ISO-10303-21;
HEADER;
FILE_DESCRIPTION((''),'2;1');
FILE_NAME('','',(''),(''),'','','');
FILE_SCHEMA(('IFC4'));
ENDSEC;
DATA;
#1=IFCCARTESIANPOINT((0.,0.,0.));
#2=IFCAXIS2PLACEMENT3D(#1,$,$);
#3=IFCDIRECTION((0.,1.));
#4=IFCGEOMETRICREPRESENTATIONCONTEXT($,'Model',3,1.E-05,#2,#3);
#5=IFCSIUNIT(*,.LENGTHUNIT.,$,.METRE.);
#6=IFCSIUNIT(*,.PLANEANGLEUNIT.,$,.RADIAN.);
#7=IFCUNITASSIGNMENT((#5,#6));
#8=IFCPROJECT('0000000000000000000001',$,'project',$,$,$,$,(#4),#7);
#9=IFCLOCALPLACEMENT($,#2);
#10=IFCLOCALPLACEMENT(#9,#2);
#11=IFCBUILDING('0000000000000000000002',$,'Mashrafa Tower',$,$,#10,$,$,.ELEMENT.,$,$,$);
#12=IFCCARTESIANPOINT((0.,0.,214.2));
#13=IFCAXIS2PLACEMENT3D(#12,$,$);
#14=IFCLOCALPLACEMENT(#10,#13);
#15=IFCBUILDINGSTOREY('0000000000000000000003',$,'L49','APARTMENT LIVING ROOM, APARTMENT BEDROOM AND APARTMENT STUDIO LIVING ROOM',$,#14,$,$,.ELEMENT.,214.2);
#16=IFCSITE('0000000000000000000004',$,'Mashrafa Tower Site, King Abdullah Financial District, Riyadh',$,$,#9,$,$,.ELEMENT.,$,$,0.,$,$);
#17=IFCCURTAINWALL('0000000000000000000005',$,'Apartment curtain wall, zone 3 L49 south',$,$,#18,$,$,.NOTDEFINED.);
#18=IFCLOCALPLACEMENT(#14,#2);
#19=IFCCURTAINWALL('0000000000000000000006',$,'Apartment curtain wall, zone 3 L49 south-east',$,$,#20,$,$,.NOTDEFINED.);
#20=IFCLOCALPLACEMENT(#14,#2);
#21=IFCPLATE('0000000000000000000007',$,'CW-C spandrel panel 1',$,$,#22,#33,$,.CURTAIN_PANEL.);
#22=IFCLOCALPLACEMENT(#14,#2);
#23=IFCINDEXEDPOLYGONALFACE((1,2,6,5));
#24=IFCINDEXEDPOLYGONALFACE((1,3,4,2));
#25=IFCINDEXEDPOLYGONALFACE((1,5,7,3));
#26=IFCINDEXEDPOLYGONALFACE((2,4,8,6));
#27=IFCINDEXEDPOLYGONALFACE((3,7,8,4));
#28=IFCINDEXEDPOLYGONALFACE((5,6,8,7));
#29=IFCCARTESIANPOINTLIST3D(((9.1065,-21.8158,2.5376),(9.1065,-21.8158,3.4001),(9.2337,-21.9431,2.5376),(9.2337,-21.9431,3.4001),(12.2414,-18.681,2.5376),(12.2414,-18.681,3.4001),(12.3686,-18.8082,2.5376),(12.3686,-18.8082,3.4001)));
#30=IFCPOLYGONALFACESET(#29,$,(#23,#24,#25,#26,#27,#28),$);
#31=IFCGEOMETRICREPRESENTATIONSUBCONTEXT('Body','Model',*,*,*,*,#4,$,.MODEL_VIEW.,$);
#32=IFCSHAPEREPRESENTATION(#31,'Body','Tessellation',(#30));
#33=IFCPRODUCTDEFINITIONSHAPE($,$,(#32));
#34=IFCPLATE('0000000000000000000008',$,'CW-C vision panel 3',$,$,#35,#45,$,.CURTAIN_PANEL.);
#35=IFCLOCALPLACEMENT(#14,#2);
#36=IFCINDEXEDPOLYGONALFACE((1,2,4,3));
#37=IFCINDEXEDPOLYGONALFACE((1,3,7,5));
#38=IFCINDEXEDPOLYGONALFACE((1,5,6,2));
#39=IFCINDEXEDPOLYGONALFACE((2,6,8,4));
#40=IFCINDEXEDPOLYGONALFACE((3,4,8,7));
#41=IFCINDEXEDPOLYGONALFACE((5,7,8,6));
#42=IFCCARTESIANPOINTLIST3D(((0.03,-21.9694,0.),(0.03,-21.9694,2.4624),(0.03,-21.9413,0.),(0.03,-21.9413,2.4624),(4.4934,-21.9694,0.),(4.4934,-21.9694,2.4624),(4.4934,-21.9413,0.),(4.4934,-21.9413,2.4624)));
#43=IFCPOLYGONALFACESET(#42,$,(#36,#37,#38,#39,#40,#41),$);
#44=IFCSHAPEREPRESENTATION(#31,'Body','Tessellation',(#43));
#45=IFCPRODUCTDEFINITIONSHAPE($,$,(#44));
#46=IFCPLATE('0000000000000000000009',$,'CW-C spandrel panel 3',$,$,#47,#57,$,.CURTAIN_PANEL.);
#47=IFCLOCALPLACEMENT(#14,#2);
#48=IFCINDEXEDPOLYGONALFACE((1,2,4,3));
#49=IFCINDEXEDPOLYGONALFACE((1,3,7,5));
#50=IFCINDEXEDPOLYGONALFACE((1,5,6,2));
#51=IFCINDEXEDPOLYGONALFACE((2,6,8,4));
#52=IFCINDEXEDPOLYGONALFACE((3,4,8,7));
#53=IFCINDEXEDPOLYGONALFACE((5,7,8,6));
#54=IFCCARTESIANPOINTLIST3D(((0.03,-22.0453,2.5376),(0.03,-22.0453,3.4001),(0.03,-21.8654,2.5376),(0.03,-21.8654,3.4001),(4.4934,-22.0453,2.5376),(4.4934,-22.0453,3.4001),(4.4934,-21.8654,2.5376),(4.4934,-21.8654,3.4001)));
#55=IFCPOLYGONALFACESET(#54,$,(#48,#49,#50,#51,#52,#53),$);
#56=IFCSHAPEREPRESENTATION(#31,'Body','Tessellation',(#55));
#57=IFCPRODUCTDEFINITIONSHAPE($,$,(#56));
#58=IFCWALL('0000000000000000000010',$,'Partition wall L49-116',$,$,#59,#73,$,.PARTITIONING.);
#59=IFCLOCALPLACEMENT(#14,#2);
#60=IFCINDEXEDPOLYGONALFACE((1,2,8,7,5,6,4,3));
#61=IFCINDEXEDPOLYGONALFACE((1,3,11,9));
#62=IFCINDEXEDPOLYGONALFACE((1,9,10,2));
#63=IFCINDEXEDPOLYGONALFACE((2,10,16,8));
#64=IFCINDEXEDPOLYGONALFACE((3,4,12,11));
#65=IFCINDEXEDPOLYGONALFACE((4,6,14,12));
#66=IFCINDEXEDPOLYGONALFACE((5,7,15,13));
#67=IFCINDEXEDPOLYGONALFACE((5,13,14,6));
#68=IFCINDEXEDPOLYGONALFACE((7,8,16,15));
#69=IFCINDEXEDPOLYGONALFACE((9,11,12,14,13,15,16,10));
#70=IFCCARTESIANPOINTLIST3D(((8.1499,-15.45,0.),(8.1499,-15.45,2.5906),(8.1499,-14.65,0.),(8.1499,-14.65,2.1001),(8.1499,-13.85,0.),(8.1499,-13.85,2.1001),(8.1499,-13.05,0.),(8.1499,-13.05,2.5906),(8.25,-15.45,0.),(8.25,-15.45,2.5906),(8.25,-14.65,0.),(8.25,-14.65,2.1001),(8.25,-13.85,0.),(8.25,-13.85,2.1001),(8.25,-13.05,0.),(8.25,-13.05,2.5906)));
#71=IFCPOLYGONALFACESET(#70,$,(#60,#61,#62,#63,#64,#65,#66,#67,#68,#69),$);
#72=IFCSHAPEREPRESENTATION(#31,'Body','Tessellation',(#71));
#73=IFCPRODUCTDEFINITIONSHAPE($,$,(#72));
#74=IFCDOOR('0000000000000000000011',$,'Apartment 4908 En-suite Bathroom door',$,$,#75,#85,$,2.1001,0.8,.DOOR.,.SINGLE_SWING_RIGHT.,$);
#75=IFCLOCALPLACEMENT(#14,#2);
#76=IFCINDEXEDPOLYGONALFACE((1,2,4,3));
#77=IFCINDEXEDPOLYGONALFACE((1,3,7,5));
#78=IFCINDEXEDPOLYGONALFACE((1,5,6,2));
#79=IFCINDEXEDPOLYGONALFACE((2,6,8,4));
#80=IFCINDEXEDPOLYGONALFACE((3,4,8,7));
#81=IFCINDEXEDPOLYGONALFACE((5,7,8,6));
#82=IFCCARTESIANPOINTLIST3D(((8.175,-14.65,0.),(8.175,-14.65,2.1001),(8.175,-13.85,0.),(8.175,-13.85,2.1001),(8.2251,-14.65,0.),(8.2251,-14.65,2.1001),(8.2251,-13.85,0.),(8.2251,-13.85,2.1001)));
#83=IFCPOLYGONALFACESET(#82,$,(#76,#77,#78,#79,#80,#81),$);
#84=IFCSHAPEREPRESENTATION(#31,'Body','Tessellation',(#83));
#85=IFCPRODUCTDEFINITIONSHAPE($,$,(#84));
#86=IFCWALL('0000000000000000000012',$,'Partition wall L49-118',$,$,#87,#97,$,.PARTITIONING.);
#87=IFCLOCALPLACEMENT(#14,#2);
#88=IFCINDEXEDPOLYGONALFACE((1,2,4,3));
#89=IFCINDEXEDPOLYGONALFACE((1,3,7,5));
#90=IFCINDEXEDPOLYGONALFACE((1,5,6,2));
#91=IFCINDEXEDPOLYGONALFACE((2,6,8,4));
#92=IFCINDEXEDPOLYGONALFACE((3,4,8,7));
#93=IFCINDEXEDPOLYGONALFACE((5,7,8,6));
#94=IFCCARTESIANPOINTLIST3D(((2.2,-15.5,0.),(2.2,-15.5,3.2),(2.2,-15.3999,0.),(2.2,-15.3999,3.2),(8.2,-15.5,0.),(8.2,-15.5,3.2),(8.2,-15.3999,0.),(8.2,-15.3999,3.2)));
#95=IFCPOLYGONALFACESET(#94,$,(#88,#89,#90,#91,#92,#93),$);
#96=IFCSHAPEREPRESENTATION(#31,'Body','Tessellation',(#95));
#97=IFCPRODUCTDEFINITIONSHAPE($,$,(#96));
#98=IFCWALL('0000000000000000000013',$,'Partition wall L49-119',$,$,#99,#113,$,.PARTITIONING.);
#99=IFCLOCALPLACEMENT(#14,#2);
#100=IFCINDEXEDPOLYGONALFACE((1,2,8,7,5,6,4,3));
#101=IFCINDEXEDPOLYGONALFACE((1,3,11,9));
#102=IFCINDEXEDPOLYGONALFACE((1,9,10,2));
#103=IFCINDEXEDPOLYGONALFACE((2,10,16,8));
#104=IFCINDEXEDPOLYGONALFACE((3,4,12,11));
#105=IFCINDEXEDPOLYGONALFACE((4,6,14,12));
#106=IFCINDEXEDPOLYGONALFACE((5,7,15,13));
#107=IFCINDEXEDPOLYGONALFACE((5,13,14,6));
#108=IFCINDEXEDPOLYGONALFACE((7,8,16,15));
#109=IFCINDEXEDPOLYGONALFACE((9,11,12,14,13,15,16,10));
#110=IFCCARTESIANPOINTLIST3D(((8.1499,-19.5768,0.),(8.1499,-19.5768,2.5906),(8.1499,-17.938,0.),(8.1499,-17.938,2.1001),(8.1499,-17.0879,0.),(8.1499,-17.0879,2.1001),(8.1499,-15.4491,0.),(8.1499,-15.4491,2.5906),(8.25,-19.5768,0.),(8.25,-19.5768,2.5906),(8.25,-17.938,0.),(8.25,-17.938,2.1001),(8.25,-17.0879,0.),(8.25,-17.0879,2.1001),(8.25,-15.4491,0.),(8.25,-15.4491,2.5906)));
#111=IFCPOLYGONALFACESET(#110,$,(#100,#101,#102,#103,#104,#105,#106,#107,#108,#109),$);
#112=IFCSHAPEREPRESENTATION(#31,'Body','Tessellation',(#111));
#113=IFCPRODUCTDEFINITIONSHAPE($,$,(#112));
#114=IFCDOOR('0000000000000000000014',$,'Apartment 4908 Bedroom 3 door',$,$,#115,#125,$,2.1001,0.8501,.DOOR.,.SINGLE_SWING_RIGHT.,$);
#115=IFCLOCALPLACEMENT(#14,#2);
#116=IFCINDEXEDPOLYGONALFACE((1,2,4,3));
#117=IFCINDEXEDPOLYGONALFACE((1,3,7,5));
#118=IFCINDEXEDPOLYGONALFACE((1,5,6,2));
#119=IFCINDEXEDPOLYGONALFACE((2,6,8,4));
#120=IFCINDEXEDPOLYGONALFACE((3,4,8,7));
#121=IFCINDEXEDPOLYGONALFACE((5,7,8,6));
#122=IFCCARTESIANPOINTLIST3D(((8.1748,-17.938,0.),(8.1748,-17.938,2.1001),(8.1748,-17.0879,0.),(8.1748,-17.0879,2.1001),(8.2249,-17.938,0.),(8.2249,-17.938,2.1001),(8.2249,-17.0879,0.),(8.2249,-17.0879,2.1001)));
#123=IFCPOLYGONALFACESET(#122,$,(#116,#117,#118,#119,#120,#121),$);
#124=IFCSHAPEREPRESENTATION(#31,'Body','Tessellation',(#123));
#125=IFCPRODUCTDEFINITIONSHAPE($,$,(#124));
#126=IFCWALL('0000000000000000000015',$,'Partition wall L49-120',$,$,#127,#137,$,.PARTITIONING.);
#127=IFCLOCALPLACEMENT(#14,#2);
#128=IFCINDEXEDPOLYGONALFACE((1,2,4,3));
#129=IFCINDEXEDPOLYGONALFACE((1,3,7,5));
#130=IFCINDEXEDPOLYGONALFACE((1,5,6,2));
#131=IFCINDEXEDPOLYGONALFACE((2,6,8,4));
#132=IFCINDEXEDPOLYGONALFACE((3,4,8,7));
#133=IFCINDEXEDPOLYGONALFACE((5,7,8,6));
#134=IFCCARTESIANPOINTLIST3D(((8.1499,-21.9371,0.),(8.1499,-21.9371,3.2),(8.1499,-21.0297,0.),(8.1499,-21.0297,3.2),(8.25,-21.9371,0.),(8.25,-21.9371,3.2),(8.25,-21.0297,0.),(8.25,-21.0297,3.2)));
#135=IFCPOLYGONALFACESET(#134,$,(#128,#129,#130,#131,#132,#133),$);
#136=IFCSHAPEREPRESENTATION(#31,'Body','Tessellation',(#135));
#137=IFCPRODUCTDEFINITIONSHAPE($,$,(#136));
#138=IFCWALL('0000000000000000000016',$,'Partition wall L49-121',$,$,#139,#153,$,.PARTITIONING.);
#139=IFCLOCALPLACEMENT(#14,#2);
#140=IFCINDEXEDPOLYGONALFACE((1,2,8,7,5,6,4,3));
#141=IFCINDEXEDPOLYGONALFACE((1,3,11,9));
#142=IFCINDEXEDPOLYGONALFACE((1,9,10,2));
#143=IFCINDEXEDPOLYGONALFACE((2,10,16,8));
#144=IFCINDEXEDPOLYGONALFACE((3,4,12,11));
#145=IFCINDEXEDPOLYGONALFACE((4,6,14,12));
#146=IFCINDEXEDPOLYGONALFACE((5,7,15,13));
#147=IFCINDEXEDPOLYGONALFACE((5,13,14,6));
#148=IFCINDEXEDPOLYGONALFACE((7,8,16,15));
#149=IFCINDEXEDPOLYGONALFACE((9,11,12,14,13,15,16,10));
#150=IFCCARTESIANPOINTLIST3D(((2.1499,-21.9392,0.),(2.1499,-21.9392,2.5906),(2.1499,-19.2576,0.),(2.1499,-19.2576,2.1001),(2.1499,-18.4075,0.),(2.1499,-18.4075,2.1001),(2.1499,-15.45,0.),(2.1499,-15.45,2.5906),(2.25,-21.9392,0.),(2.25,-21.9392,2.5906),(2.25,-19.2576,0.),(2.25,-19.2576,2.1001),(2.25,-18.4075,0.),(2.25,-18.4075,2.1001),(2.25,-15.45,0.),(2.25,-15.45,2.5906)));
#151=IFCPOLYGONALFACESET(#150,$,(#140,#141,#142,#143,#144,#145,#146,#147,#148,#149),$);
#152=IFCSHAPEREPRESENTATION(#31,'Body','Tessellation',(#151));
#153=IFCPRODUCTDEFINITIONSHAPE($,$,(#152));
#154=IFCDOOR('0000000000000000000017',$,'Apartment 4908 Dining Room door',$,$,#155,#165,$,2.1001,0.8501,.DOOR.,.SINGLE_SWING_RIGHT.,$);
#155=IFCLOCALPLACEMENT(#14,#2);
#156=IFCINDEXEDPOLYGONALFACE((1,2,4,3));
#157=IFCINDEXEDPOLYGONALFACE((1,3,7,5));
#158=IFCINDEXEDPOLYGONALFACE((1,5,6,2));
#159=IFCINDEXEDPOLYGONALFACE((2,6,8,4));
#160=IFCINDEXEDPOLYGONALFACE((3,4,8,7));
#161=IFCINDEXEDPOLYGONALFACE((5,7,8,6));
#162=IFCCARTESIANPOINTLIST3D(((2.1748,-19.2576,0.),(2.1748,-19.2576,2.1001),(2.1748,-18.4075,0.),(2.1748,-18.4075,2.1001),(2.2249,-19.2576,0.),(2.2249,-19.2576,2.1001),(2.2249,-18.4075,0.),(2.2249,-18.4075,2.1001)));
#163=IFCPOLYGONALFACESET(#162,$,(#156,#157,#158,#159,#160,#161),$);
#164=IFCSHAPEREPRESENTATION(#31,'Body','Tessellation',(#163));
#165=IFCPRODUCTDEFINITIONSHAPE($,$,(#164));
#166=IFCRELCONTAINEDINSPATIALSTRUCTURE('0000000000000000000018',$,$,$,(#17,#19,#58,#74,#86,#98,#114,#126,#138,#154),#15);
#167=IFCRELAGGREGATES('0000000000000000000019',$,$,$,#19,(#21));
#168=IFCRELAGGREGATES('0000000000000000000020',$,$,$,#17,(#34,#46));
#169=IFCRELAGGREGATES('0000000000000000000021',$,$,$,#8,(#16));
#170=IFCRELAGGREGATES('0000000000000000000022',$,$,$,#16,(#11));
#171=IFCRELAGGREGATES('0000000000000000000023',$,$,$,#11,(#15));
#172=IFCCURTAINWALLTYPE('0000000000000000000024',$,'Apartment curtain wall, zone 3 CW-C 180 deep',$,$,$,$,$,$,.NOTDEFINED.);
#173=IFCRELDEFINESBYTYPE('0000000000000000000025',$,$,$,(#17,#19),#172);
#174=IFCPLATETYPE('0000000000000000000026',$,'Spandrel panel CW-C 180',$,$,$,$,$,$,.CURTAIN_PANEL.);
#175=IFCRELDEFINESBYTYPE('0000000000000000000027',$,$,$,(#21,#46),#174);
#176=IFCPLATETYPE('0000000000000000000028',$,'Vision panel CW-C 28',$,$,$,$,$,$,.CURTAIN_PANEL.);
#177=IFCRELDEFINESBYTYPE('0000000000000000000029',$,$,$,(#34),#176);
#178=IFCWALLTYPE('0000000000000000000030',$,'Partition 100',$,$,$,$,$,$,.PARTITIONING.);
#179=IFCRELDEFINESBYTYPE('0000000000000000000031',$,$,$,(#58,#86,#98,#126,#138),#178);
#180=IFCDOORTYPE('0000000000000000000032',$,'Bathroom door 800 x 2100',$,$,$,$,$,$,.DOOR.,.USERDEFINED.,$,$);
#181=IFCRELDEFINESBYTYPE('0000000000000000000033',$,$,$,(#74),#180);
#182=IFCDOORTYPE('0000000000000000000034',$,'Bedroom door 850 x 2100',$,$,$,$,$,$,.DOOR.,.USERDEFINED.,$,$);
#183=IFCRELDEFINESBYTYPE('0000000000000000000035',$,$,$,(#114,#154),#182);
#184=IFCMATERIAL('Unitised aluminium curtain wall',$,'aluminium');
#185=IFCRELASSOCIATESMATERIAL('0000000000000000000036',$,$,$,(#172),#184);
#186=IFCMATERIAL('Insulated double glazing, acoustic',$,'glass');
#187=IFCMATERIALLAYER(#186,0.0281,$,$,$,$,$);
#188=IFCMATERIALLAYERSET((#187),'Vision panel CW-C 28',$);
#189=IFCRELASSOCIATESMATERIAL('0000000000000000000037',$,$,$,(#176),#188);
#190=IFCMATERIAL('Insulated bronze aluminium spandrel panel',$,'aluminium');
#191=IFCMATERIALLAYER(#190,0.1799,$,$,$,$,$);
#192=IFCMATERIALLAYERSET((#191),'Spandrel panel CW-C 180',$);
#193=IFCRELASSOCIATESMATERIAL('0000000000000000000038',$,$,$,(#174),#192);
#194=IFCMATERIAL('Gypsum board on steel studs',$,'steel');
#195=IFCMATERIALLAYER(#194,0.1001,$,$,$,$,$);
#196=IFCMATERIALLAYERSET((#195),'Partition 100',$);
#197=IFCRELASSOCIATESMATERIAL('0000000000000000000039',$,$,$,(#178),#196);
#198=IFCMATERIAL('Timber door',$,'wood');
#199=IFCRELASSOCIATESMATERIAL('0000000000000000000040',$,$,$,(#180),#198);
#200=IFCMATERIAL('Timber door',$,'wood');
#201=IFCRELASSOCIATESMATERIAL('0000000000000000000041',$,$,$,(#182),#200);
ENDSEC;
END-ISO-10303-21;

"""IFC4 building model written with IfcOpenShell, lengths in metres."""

from ifc_helpers import new_model, si_unit, direction, frame, frame_2d, origin, origin_2d, place, context, subcontext, project, spatial, rectangle, extrude, source, transform, mapped, material, layer, layer_set, type_object, type_shapes, element, fill, aggregate, save


model = new_model("IFC4")

# Units and contexts
model_context = context("Model", 3, precision=1e-05, world=origin(), true_north=direction((0.0, 1.0)))
body_context = subcontext(model_context, "Body", "Model", "MODEL_VIEW")
ifc_project = project(units=[si_unit("LENGTHUNIT", "METRE"), si_unit("PLANEANGLEUNIT", "RADIAN")], contexts=[model_context])

# Site, building, storey
site_placement = place(None, origin())
site = spatial("IfcSite", under=ifc_project, at=site_placement, Name="Mashrafa Tower Site, King Abdullah Financial District, Riyadh", CompositionType="ELEMENT", RefElevation=0.0)
building_placement = place(site_placement, origin())
building = spatial("IfcBuilding", under=site, at=building_placement, Name="Mashrafa Tower", CompositionType="ELEMENT")
storey_placement = place(building_placement, frame((0.0, 0.0, 214.2)))
storey = spatial("IfcBuildingStorey", under=building, at=storey_placement, Name="L49", Description="APARTMENT LIVING ROOM, APARTMENT BEDROOM AND APARTMENT STUDIO LIVING ROOM", CompositionType="ELEMENT", Elevation=214.2)

# Curtain wall
ifc_material_1 = material(Name="Unitised aluminium curtain wall", Category="aluminium")
curtain_wall_type = type_object("IfcCurtainWallType", Name="Apartment curtain wall, zone 3 CW-C 180 deep", PredefinedType="NOTDEFINED", material=ifc_material_1)
curtain_wall_1_placement = place(storey_placement, origin())
curtain_wall_1 = element("IfcCurtainWall", 1, at=curtain_wall_1_placement, inside=storey, type_object=curtain_wall_type, Name="Apartment curtain wall, zone 3 L49 south", PredefinedType="NOTDEFINED")

# Curtain wall
curtain_wall_2_placement = place(storey_placement, origin())
curtain_wall_2 = element("IfcCurtainWall", 2, at=curtain_wall_2_placement, inside=storey, type_object=curtain_wall_type, Name="Apartment curtain wall, zone 3 L49 south-east", PredefinedType="NOTDEFINED")

# Plates
ifc_material_2 = material(Name="Insulated double glazing, acoustic", Category="glass")
ifc_layer_1 = layer(ifc_material_2, 0.0281)
ifc_layer_set_1 = layer_set([ifc_layer_1], Name="Vision panel CW-C 28")
plate_type_1 = type_object("IfcPlateType", Name="Vision panel CW-C 28", PredefinedType="CURTAIN_PANEL", material=ifc_layer_set_1)
ifc_material_3 = material(Name="Insulated bronze aluminium spandrel panel", Category="aluminium")
ifc_layer_2 = layer(ifc_material_3, 0.1799)
ifc_layer_set_2 = layer_set([ifc_layer_2], Name="Spandrel panel CW-C 180")
plate_type_2 = type_object("IfcPlateType", Name="Spandrel panel CW-C 180", PredefinedType="CURTAIN_PANEL", material=ifc_layer_set_2)
shared_shape_1 = source(origin(), body_context, "Body", "SweptSolid", [
    extrude(rectangle(XDim=4.4333, YDim=0.1799, at=origin_2d()), origin(), (0.0, 0.0, 1.0), 0.8625),
])
plate_1_placement = place(storey_placement, frame((10.7375, -20.312, 2.5376), z_axis=(0.0, 0.0, 1.0), x_axis=(0.707107, 0.707107, 0.0)))
plate_1 = element("IfcPlate", 3, at=plate_1_placement, type_object=plate_type_2, Name="CW-C spandrel panel 1", PredefinedType="CURTAIN_PANEL", context=body_context, shape_type="MappedRepresentation", body=[
    mapped(shared_shape_1, transform((0.0, 0.0, 0.0))),
])
aggregate(curtain_wall_2, [plate_1])
shared_shape_2 = source(origin(), body_context, "Body", "SweptSolid", [
    extrude(rectangle(XDim=4.4634, YDim=0.0281, at=origin_2d()), origin(), (0.0, 0.0, 1.0), 2.4624),
])
plate_2_placement = place(storey_placement, frame((2.2617, -21.9553, 0.0), z_axis=(0.0, 0.0, 1.0), x_axis=(1.0, 0.0, 0.0)))
plate_2 = element("IfcPlate", 4, at=plate_2_placement, type_object=plate_type_1, Name="CW-C vision panel 3", PredefinedType="CURTAIN_PANEL", context=body_context, shape_type="MappedRepresentation", body=[
    mapped(shared_shape_2, transform((0.0, 0.0, 0.0))),
])
shared_shape_3 = source(origin(), body_context, "Body", "SweptSolid", [
    extrude(rectangle(XDim=4.4634, YDim=0.1799, at=origin_2d()), origin(), (0.0, 0.0, 1.0), 0.8625),
])
type_shapes(plate_type_2, [shared_shape_1, shared_shape_3])
plate_3_placement = place(storey_placement, frame((2.2617, -21.9553, 2.5376), z_axis=(0.0, 0.0, 1.0), x_axis=(1.0, 0.0, 0.0)))
plate_3 = element("IfcPlate", 5, at=plate_3_placement, type_object=plate_type_2, Name="CW-C spandrel panel 3", PredefinedType="CURTAIN_PANEL", context=body_context, shape_type="MappedRepresentation", body=[
    mapped(shared_shape_3, transform((0.0, 0.0, 0.0))),
])
aggregate(curtain_wall_1, [plate_2, plate_3])

# Wall, opening, door
ifc_material_4 = material(Name="Gypsum board on steel studs", Category="steel")
ifc_layer_3 = layer(ifc_material_4, 0.1001)
ifc_layer_set_3 = layer_set([ifc_layer_3], Name="Partition 100")
wall_type = type_object("IfcWallType", Name="Partition 100", PredefinedType="PARTITIONING", material=ifc_layer_set_3)
wall_1_placement = place(storey_placement, frame((8.2, -15.45, 0.0), z_axis=(0.0, 0.0, 1.0), x_axis=(0.0, 1.0, 0.0)))
wall_1 = element("IfcWall", 6, at=wall_1_placement, inside=storey, type_object=wall_type, Name="Partition wall L49-116", PredefinedType="PARTITIONING", context=body_context, shape_type="SweptSolid", body=[
    extrude(rectangle(XDim=2.3999, YDim=0.1001, at=frame_2d((1.2, 0.0))), origin(), (0.0, 0.0, 1.0), 2.5906),
])
opening_1_placement = place(wall_1_placement, frame((0.8, 0.0, 0.0)))
opening_1 = element("IfcOpeningElement", 7, at=opening_1_placement, cuts=wall_1, PredefinedType="OPENING", context=body_context, shape_type="SweptSolid", body=[
    extrude(rectangle(XDim=0.8, YDim=2.1001, at=frame_2d((0.3999, 1.05))), frame((0.0, 0.0601, 0.0), z_axis=(0.0, -1.0, 0.0), x_axis=(1.0, 0.0, 0.0)), (0.0, 0.0, 1.0), 0.1201),
])
ifc_material_5 = material(Name="Timber door", Category="wood")
door_type_1 = type_object("IfcDoorType", Name="Bathroom door 800 x 2100", OperationType="USERDEFINED", PredefinedType="DOOR", material=ifc_material_5)
door_1_placement = place(opening_1_placement, origin())
door_1 = element("IfcDoor", 8, at=door_1_placement, inside=storey, type_object=door_type_1, Name="Apartment 4908 En-suite Bathroom door", OperationType="SINGLE_SWING_RIGHT", OverallHeight=2.1001, OverallWidth=0.8, PredefinedType="DOOR", context=body_context, shape_type="SweptSolid", body=[
    extrude(rectangle(XDim=0.8, YDim=2.1001, at=frame_2d((0.3999, 1.05))), frame((0.0, 0.0249, 0.0), z_axis=(0.0, -1.0, 0.0), x_axis=(1.0, 0.0, 0.0)), (0.0, 0.0, 1.0), 0.05),
])
fill(opening_1, door_1)

# Wall
wall_2_placement = place(storey_placement, frame((8.2, -15.45, 0.0), z_axis=(0.0, 0.0, 1.0), x_axis=(-1.0, 0.0, 0.0)))
element("IfcWall", 9, at=wall_2_placement, inside=storey, type_object=wall_type, Name="Partition wall L49-118", PredefinedType="PARTITIONING", context=body_context, shape_type="SweptSolid", body=[
    extrude(rectangle(XDim=6.0, YDim=0.1001, at=frame_2d((3.0, 0.0))), origin(), (0.0, 0.0, 1.0), 3.2),
])

# Wall, opening, door
wall_3_placement = place(storey_placement, frame((8.2, -15.449, 0.0), z_axis=(0.0, 0.0, 1.0), x_axis=(0.0, -1.0, 0.0)))
wall_3 = element("IfcWall", 10, at=wall_3_placement, inside=storey, type_object=wall_type, Name="Partition wall L49-119", PredefinedType="PARTITIONING", context=body_context, shape_type="SweptSolid", body=[
    extrude(rectangle(XDim=4.1277, YDim=0.1001, at=frame_2d((2.064, 0.0))), origin(), (0.0, 0.0, 1.0), 2.5906),
])
opening_2_placement = place(wall_3_placement, frame((1.6389, 0.0, 0.0)))
opening_2 = element("IfcOpeningElement", 11, at=opening_2_placement, cuts=wall_3, PredefinedType="OPENING", context=body_context, shape_type="SweptSolid", body=[
    extrude(rectangle(XDim=0.8501, YDim=2.1001, at=frame_2d((0.425, 1.05))), frame((0.0, 0.0601, 0.0), z_axis=(0.0, -1.0, 0.0), x_axis=(1.0, 0.0, 0.0)), (0.0, 0.0, 1.0), 0.1201),
])
ifc_material_6 = material(Name="Timber door", Category="wood")
door_type_2 = type_object("IfcDoorType", Name="Bedroom door 850 x 2100", OperationType="USERDEFINED", PredefinedType="DOOR", material=ifc_material_6)
door_2_placement = place(opening_2_placement, origin())
door_2 = element("IfcDoor", 12, at=door_2_placement, inside=storey, type_object=door_type_2, Name="Apartment 4908 Bedroom 3 door", OperationType="SINGLE_SWING_RIGHT", OverallHeight=2.1001, OverallWidth=0.8501, PredefinedType="DOOR", context=body_context, shape_type="SweptSolid", body=[
    extrude(rectangle(XDim=0.8501, YDim=2.1001, at=frame_2d((0.425, 1.05))), frame((0.0, 0.0249, 0.0), z_axis=(0.0, -1.0, 0.0), x_axis=(1.0, 0.0, 0.0)), (0.0, 0.0, 1.0), 0.05),
])
fill(opening_2, door_2)

# Wall
wall_4_placement = place(storey_placement, frame((8.2, -21.0298, 0.0), z_axis=(0.0, 0.0, 1.0), x_axis=(0.0, -1.0, 0.0)))
element("IfcWall", 13, at=wall_4_placement, inside=storey, type_object=wall_type, Name="Partition wall L49-120", PredefinedType="PARTITIONING", context=body_context, shape_type="SweptSolid", body=[
    extrude(rectangle(XDim=0.9075, YDim=0.1001, at=frame_2d((0.4536, 0.0))), origin(), (0.0, 0.0, 1.0), 3.2),
])

# Wall, opening, door
wall_5_placement = place(storey_placement, frame((2.2, -21.9392, 0.0), z_axis=(0.0, 0.0, 1.0), x_axis=(0.0, 1.0, 0.0)))
wall_5 = element("IfcWall", 14, at=wall_5_placement, inside=storey, type_object=wall_type, Name="Partition wall L49-121", PredefinedType="PARTITIONING", context=body_context, shape_type="SweptSolid", body=[
    extrude(rectangle(XDim=6.4893, YDim=0.1001, at=frame_2d((3.2446, 0.0))), origin(), (0.0, 0.0, 1.0), 2.5906),
])
opening_3_placement = place(wall_5_placement, frame((2.6816, 0.0, 0.0)))
opening_3 = element("IfcOpeningElement", 15, at=opening_3_placement, cuts=wall_5, PredefinedType="OPENING", context=body_context, shape_type="SweptSolid", body=[
    extrude(rectangle(XDim=0.8501, YDim=2.1001, at=frame_2d((0.425, 1.05))), frame((0.0, 0.0601, 0.0), z_axis=(0.0, -1.0, 0.0), x_axis=(1.0, 0.0, 0.0)), (0.0, 0.0, 1.0), 0.1201),
])
door_3_placement = place(opening_3_placement, frame((0.8501, 0.0, 0.0), z_axis=(0.0, 0.0, 1.0), x_axis=(-1.0, 0.0, 0.0)))
door_3 = element("IfcDoor", 16, at=door_3_placement, inside=storey, type_object=door_type_2, Name="Apartment 4908 Dining Room door", OperationType="SINGLE_SWING_RIGHT", OverallHeight=2.1001, OverallWidth=0.8501, PredefinedType="DOOR", context=body_context, shape_type="SweptSolid", body=[
    extrude(rectangle(XDim=0.8501, YDim=2.1001, at=frame_2d((0.425, 1.05))), frame((0.0, 0.0249, 0.0), z_axis=(0.0, -1.0, 0.0), x_axis=(1.0, 0.0, 0.0)), (0.0, 0.0, 1.0), 0.05),
])
fill(opening_3, door_3)

save(model, "model.ifc")
